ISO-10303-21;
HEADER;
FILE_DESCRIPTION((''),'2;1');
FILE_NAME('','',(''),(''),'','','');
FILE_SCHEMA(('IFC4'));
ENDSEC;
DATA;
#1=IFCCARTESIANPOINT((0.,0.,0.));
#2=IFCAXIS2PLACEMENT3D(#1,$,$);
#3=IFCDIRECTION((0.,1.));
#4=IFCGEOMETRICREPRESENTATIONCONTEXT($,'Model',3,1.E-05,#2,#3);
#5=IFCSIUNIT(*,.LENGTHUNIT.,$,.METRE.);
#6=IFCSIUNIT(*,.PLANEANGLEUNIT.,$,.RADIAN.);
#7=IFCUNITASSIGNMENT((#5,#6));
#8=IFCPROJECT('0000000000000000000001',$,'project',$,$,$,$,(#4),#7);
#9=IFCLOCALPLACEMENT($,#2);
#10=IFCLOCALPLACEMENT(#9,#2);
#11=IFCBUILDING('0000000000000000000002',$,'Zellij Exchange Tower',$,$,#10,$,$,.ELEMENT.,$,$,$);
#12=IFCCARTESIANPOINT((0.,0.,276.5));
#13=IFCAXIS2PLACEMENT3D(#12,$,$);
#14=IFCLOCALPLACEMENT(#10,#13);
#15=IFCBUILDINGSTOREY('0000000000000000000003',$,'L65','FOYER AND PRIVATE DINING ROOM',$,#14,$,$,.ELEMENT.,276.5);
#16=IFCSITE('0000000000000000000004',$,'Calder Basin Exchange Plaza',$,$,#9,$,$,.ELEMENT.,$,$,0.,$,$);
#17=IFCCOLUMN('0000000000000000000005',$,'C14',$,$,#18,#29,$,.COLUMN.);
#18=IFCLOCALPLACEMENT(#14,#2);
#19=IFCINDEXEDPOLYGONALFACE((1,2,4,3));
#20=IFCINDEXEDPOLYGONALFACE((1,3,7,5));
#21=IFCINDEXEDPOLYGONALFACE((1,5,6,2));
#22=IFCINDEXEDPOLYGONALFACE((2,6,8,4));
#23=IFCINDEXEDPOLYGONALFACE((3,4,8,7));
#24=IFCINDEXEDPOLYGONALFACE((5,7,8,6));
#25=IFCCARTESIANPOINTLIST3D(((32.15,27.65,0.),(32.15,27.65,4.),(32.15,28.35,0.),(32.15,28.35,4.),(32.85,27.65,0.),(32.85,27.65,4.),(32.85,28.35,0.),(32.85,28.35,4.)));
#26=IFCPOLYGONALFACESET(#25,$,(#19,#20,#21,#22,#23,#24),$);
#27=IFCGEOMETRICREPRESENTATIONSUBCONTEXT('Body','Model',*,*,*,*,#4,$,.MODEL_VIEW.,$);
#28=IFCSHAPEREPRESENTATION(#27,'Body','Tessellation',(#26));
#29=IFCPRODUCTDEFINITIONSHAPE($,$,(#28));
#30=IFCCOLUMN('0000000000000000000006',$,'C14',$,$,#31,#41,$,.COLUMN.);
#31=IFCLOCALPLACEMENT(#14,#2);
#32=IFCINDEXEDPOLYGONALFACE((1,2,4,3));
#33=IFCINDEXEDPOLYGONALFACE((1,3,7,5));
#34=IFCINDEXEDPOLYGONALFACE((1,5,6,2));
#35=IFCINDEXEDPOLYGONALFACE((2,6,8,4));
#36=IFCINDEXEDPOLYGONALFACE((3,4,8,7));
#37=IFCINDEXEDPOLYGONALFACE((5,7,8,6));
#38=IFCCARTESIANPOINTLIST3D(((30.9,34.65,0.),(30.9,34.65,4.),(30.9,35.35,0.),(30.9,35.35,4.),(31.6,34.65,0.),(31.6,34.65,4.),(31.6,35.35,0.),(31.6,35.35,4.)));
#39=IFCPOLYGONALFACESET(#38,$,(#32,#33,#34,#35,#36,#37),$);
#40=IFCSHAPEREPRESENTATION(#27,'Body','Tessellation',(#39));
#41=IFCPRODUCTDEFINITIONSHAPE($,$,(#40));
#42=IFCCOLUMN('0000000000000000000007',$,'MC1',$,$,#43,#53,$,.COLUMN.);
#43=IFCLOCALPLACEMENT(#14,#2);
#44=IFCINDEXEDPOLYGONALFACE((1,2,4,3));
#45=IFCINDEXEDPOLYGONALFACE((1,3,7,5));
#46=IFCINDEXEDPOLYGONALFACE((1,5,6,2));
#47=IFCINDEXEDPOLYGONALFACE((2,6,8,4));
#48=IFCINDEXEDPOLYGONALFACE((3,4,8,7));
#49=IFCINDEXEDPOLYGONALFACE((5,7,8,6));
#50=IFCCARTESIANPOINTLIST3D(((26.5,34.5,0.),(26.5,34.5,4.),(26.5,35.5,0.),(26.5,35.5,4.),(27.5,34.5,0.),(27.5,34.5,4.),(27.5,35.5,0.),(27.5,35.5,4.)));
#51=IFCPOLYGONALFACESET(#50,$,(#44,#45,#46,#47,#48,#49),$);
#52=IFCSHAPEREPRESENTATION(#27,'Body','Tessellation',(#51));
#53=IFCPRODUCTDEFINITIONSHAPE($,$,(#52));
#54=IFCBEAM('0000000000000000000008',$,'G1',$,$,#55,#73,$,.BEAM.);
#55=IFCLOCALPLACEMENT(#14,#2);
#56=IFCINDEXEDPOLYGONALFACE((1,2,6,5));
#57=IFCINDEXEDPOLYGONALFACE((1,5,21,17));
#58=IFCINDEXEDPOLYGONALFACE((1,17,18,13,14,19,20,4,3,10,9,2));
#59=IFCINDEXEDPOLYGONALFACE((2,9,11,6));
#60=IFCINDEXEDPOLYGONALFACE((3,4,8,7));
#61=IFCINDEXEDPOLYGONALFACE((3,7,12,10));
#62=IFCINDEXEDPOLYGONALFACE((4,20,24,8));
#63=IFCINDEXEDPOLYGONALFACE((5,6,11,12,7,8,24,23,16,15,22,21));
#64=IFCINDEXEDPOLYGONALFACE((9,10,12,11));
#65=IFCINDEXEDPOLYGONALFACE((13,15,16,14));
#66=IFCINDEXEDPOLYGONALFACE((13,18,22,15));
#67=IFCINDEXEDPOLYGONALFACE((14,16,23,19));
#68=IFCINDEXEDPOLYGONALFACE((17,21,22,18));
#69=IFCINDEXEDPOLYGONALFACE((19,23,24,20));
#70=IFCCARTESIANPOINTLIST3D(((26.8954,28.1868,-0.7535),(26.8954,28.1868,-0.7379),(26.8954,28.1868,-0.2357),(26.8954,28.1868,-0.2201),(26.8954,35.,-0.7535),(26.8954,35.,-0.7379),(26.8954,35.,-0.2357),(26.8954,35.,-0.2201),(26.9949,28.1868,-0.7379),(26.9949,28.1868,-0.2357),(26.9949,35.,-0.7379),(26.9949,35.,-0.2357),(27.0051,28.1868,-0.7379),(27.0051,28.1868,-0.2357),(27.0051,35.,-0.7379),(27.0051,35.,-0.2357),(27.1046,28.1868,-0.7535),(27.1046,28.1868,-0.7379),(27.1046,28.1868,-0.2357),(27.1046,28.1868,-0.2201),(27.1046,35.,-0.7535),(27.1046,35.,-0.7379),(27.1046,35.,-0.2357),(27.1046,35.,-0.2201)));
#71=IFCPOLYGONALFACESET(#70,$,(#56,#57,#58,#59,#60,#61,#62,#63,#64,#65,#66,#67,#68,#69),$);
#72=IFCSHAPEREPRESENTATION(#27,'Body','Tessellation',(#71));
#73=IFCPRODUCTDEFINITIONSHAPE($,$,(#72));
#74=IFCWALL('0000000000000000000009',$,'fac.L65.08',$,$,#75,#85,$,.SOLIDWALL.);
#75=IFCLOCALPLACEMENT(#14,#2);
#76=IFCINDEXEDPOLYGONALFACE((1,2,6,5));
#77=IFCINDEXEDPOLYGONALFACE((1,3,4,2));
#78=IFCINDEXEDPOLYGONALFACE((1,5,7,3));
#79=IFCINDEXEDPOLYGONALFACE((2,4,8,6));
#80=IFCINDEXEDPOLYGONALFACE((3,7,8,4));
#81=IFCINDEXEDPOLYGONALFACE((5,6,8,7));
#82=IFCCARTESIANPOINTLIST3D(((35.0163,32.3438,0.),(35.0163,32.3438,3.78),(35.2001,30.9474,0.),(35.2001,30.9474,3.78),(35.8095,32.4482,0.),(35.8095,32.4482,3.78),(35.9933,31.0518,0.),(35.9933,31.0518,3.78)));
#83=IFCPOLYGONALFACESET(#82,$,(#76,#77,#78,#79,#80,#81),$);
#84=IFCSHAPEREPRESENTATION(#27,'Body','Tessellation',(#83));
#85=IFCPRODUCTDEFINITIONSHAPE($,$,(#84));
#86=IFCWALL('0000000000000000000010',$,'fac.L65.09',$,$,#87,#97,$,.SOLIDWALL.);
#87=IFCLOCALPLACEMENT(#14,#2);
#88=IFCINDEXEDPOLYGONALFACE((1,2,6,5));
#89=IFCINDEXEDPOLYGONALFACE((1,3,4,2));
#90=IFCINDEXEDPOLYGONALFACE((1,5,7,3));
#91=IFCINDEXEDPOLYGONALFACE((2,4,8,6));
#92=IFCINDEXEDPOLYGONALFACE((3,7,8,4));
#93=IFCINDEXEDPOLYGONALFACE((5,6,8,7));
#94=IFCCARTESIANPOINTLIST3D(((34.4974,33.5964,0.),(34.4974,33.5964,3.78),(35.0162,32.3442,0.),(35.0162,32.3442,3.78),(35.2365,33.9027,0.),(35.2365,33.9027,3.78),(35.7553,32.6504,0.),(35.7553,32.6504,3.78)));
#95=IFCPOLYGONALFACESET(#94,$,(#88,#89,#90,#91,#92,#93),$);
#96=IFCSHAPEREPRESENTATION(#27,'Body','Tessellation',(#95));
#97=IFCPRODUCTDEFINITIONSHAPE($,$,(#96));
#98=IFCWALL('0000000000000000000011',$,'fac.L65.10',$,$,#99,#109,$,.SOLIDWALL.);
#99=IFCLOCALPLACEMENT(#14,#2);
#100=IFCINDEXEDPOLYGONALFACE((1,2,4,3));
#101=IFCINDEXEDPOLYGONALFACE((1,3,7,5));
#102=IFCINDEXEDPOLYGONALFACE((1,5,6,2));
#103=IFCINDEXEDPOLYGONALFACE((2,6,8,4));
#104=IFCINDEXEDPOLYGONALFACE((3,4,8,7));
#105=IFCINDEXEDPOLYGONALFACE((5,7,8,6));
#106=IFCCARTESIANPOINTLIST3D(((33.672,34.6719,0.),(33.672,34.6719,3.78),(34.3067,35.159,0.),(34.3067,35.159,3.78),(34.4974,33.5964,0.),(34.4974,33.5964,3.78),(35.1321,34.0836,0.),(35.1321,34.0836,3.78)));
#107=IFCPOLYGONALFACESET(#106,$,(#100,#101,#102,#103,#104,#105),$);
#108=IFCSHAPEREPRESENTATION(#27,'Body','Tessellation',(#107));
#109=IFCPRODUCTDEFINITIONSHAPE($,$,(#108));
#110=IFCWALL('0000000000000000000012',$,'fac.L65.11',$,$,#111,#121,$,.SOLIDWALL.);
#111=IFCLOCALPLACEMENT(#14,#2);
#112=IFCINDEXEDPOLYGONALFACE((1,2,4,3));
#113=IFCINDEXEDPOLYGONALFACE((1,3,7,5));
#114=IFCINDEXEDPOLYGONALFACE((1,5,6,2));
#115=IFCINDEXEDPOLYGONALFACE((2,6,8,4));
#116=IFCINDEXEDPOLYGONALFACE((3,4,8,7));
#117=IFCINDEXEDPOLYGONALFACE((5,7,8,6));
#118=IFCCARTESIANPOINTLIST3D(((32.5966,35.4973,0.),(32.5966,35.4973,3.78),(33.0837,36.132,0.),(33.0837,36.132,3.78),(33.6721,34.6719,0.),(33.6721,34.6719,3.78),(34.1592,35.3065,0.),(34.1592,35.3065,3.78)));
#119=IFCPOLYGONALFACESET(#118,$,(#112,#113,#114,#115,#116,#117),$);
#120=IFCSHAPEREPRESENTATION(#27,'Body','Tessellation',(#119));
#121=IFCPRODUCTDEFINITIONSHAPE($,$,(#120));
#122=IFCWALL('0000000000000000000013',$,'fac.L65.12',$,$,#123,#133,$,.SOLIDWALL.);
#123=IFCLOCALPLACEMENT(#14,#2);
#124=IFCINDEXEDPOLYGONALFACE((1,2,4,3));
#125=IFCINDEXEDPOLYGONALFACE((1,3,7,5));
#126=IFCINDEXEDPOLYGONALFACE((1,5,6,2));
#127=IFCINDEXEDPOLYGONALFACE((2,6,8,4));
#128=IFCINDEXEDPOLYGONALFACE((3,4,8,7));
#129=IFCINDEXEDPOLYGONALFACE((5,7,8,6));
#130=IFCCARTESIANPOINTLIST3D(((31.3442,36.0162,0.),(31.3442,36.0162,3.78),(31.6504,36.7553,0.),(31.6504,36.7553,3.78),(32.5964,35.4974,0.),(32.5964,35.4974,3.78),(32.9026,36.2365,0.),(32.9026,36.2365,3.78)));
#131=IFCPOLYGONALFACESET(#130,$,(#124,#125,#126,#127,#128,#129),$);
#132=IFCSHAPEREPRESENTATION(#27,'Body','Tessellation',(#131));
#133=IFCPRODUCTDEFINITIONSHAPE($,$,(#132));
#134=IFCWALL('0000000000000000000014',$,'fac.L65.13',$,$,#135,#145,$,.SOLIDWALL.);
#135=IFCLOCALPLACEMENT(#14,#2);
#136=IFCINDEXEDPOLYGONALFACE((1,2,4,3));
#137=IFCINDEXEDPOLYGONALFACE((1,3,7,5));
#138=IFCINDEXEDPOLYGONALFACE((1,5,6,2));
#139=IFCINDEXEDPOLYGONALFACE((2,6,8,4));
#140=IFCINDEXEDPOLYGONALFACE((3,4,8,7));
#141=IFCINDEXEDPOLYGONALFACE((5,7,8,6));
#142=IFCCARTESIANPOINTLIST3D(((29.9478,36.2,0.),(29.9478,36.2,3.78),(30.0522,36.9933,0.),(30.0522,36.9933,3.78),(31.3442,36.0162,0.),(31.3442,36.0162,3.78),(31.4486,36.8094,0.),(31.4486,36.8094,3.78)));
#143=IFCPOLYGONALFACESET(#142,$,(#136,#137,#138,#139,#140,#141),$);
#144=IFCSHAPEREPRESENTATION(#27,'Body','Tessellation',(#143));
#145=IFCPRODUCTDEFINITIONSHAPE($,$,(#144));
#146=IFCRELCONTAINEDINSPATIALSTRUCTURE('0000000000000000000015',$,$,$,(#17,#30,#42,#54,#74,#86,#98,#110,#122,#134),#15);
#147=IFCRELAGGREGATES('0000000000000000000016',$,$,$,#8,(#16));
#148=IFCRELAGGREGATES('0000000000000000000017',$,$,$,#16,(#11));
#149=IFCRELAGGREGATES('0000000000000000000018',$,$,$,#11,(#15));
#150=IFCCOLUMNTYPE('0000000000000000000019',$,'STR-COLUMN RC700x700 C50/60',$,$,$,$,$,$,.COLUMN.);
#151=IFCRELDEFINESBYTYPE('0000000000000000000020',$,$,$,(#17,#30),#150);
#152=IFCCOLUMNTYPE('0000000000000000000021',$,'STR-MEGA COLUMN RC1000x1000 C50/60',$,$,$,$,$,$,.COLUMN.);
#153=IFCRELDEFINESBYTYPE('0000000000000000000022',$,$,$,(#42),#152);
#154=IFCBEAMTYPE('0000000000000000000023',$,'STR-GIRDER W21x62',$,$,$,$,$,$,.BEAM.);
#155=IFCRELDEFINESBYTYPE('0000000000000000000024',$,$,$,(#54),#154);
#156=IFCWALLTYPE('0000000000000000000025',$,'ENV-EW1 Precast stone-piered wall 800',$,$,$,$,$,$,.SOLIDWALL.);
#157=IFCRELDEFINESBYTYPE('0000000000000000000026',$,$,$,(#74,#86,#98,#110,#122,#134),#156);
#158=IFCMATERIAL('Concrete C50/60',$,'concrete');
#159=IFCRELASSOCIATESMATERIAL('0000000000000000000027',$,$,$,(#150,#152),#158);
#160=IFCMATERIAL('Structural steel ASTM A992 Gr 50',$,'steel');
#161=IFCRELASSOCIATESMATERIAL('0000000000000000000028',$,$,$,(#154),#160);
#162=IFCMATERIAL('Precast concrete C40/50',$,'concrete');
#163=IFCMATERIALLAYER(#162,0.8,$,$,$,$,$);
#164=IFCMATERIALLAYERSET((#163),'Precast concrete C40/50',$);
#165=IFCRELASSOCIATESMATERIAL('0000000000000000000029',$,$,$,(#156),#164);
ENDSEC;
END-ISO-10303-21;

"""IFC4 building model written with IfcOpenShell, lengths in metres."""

from ifc_helpers import new_model, si_unit, direction, frame, frame_2d, origin, origin_2d, place, context, subcontext, project, spatial, rectangle, i_section, extrude, material, layer, layer_set, material_profile, profile_set, type_object, element, save


model = new_model("IFC4")

# Units and contexts
model_context = context("Model", 3, precision=1e-05, world=origin(), true_north=direction((0.0, 1.0)))
body_context = subcontext(model_context, "Body", "Model", "MODEL_VIEW")
ifc_project = project(units=[si_unit("LENGTHUNIT", "METRE"), si_unit("PLANEANGLEUNIT", "RADIAN")], contexts=[model_context])

# Site, building, storey
site_placement = place(None, origin())
site = spatial("IfcSite", under=ifc_project, at=site_placement, Name="Calder Basin Exchange Plaza", CompositionType="ELEMENT", RefElevation=0.0)
building_placement = place(site_placement, origin())
building = spatial("IfcBuilding", under=site, at=building_placement, Name="Zellij Exchange Tower", CompositionType="ELEMENT")
storey_placement = place(building_placement, frame((0.0, 0.0, 276.5)))
storey = spatial("IfcBuildingStorey", under=building, at=storey_placement, Name="L65", Description="FOYER AND PRIVATE DINING ROOM", CompositionType="ELEMENT", Elevation=276.5)

# Columns
ifc_material_1 = material(Name="Concrete C50/60", Category="concrete")
ifc_material_profile_1 = material_profile(ifc_material_1, rectangle(XDim=0.7, YDim=0.7, at=origin_2d()), Name="STR-COLUMN RC700x700 C50/60")
ifc_profile_set_1 = profile_set([ifc_material_profile_1], Name="Concrete C50/60")
column_type_1 = type_object("IfcColumnType", Name="STR-COLUMN RC700x700 C50/60", PredefinedType="COLUMN", material=ifc_profile_set_1)
for number, where, z_axis, x_axis, name in (
    (1, (32.5, 28.0, 0.0), (0.0, 0.0, 1.0), (1.0, 0.0, 0.0), "C14"),
    (2, (31.25, 35.0, 0.0), (0.0, 0.0, 1.0), (1.0, 0.0, 0.0), "C14"),
):
    element("IfcColumn", number, at=place(storey_placement, frame(where, z_axis=z_axis, x_axis=x_axis)), inside=storey, type_object=column_type_1, Name=name, PredefinedType="COLUMN", context=body_context, shape_type="SweptSolid", body=[
        extrude(rectangle(XDim=0.7, YDim=0.7, at=origin_2d()), origin(), (0.0, 0.0, 1.0), 4.0),
    ])
ifc_material_profile_2 = material_profile(ifc_material_1, rectangle(XDim=1.0, YDim=1.0, at=origin_2d()), Name="STR-MEGA COLUMN RC1000x1000 C50/60")
ifc_profile_set_2 = profile_set([ifc_material_profile_2], Name="Concrete C50/60")
column_type_2 = type_object("IfcColumnType", Name="STR-MEGA COLUMN RC1000x1000 C50/60", PredefinedType="COLUMN", material=ifc_profile_set_2)
column_placement = place(storey_placement, frame((27.0, 35.0, 0.0), z_axis=(0.0, 0.0, 1.0), x_axis=(1.0, 0.0, 0.0)))
element("IfcColumn", 3, at=column_placement, inside=storey, type_object=column_type_2, Name="MC1", PredefinedType="COLUMN", context=body_context, shape_type="SweptSolid", body=[
    extrude(rectangle(XDim=1.0, YDim=1.0, at=origin_2d()), origin(), (0.0, 0.0, 1.0), 4.0),
])

# Beam
ifc_material_2 = material(Name="Structural steel ASTM A992 Gr 50", Category="steel")
ifc_material_profile_3 = material_profile(ifc_material_2, i_section(OverallWidth=0.2092, OverallDepth=0.5334, WebThickness=0.0103, FlangeThickness=0.0156, at=origin_2d()), Name="W21x62")
ifc_profile_set_3 = profile_set([ifc_material_profile_3], Name="Structural steel ASTM A992 Gr 50")
beam_type = type_object("IfcBeamType", Name="STR-GIRDER W21x62", PredefinedType="BEAM", material=ifc_profile_set_3)
beam_placement = place(storey_placement, frame((27.0, 28.1868, -0.4868), z_axis=(0.0, 1.0, 0.0), x_axis=(-1.0, 0.0, 0.0)))
element("IfcBeam", 4, at=beam_placement, inside=storey, type_object=beam_type, Name="G1", PredefinedType="BEAM", context=body_context, shape_type="SweptSolid", body=[
    extrude(i_section(OverallWidth=0.2092, OverallDepth=0.5334, WebThickness=0.0103, FlangeThickness=0.0156, at=origin_2d()), origin(), (0.0, 0.0, 1.0), 6.8132),
])

# Walls
ifc_material_3 = material(Name="Precast concrete C40/50", Category="concrete")
ifc_layer = layer(ifc_material_3, 0.8)
ifc_layer_set = layer_set([ifc_layer], Name="Precast concrete C40/50")
wall_type = type_object("IfcWallType", Name="ENV-EW1 Precast stone-piered wall 800", PredefinedType="SOLIDWALL", material=ifc_layer_set)
wall_1_placement = place(storey_placement, frame((35.5967, 30.9998, 0.0), z_axis=(0.0, 0.0, 1.0), x_axis=(-0.130517, 0.991446, 0.0)))
element("IfcWall", 5, at=wall_1_placement, inside=storey, type_object=wall_type, Name="fac.L65.08", PredefinedType="SOLIDWALL", context=body_context, shape_type="SweptSolid", body=[
    extrude(rectangle(XDim=1.4084, YDim=0.8, at=frame_2d((0.7041, 0.0))), origin(), (0.0, 0.0, 1.0), 3.78),
])
wall_2_placement = place(storey_placement, frame((35.3857, 32.4973, 0.0), z_axis=(0.0, 0.0, 1.0), x_axis=(-0.38276, 0.923848, 0.0)))
element("IfcWall", 6, at=wall_2_placement, inside=storey, type_object=wall_type, Name="fac.L65.09", PredefinedType="SOLIDWALL", context=body_context, shape_type="SweptSolid", body=[
    extrude(rectangle(XDim=1.3555, YDim=0.8, at=frame_2d((0.6777, 0.0))), origin(), (0.0, 0.0, 1.0), 3.78),
])
for number, where, z_axis, x_axis, name in (
    (7, (34.8147, 33.8401, 0.0), (0.0, 0.0, 1.0), (-0.608866, 0.793273, 0.0), "fac.L65.10"),
    (8, (33.9155, 34.9893, 0.0), (0.0, 0.0, 1.0), (-0.793273, 0.608866, 0.0), "fac.L65.11"),
):
    element("IfcWall", number, at=place(storey_placement, frame(where, z_axis=z_axis, x_axis=x_axis)), inside=storey, type_object=wall_type, Name=name, PredefinedType="SOLIDWALL", context=body_context, shape_type="SweptSolid", body=[
        extrude(rectangle(XDim=1.3557, YDim=0.8, at=frame_2d((0.6777, 0.0))), origin(), (0.0, 0.0, 1.0), 3.78),
    ])
wall_3_placement = place(storey_placement, frame((32.7495, 35.8669, 0.0), z_axis=(0.0, 0.0, 1.0), x_axis=(-0.923848, 0.38276, 0.0)))
element("IfcWall", 9, at=wall_3_placement, inside=storey, type_object=wall_type, Name="fac.L65.12", PredefinedType="SOLIDWALL", context=body_context, shape_type="SweptSolid", body=[
    extrude(rectangle(XDim=1.3555, YDim=0.8, at=frame_2d((0.6777, 0.0))), origin(), (0.0, 0.0, 1.0), 3.78),
])
wall_4_placement = place(storey_placement, frame((31.3962, 36.4128, 0.0), z_axis=(0.0, 0.0, 1.0), x_axis=(-0.991446, 0.130517, 0.0)))
element("IfcWall", 10, at=wall_4_placement, inside=storey, type_object=wall_type, Name="fac.L65.13", PredefinedType="SOLIDWALL", context=body_context, shape_type="SweptSolid", body=[
    extrude(rectangle(XDim=1.4084, YDim=0.8, at=frame_2d((0.7041, 0.0))), origin(), (0.0, 0.0, 1.0), 3.78),
])

save(model, "model.ifc")
